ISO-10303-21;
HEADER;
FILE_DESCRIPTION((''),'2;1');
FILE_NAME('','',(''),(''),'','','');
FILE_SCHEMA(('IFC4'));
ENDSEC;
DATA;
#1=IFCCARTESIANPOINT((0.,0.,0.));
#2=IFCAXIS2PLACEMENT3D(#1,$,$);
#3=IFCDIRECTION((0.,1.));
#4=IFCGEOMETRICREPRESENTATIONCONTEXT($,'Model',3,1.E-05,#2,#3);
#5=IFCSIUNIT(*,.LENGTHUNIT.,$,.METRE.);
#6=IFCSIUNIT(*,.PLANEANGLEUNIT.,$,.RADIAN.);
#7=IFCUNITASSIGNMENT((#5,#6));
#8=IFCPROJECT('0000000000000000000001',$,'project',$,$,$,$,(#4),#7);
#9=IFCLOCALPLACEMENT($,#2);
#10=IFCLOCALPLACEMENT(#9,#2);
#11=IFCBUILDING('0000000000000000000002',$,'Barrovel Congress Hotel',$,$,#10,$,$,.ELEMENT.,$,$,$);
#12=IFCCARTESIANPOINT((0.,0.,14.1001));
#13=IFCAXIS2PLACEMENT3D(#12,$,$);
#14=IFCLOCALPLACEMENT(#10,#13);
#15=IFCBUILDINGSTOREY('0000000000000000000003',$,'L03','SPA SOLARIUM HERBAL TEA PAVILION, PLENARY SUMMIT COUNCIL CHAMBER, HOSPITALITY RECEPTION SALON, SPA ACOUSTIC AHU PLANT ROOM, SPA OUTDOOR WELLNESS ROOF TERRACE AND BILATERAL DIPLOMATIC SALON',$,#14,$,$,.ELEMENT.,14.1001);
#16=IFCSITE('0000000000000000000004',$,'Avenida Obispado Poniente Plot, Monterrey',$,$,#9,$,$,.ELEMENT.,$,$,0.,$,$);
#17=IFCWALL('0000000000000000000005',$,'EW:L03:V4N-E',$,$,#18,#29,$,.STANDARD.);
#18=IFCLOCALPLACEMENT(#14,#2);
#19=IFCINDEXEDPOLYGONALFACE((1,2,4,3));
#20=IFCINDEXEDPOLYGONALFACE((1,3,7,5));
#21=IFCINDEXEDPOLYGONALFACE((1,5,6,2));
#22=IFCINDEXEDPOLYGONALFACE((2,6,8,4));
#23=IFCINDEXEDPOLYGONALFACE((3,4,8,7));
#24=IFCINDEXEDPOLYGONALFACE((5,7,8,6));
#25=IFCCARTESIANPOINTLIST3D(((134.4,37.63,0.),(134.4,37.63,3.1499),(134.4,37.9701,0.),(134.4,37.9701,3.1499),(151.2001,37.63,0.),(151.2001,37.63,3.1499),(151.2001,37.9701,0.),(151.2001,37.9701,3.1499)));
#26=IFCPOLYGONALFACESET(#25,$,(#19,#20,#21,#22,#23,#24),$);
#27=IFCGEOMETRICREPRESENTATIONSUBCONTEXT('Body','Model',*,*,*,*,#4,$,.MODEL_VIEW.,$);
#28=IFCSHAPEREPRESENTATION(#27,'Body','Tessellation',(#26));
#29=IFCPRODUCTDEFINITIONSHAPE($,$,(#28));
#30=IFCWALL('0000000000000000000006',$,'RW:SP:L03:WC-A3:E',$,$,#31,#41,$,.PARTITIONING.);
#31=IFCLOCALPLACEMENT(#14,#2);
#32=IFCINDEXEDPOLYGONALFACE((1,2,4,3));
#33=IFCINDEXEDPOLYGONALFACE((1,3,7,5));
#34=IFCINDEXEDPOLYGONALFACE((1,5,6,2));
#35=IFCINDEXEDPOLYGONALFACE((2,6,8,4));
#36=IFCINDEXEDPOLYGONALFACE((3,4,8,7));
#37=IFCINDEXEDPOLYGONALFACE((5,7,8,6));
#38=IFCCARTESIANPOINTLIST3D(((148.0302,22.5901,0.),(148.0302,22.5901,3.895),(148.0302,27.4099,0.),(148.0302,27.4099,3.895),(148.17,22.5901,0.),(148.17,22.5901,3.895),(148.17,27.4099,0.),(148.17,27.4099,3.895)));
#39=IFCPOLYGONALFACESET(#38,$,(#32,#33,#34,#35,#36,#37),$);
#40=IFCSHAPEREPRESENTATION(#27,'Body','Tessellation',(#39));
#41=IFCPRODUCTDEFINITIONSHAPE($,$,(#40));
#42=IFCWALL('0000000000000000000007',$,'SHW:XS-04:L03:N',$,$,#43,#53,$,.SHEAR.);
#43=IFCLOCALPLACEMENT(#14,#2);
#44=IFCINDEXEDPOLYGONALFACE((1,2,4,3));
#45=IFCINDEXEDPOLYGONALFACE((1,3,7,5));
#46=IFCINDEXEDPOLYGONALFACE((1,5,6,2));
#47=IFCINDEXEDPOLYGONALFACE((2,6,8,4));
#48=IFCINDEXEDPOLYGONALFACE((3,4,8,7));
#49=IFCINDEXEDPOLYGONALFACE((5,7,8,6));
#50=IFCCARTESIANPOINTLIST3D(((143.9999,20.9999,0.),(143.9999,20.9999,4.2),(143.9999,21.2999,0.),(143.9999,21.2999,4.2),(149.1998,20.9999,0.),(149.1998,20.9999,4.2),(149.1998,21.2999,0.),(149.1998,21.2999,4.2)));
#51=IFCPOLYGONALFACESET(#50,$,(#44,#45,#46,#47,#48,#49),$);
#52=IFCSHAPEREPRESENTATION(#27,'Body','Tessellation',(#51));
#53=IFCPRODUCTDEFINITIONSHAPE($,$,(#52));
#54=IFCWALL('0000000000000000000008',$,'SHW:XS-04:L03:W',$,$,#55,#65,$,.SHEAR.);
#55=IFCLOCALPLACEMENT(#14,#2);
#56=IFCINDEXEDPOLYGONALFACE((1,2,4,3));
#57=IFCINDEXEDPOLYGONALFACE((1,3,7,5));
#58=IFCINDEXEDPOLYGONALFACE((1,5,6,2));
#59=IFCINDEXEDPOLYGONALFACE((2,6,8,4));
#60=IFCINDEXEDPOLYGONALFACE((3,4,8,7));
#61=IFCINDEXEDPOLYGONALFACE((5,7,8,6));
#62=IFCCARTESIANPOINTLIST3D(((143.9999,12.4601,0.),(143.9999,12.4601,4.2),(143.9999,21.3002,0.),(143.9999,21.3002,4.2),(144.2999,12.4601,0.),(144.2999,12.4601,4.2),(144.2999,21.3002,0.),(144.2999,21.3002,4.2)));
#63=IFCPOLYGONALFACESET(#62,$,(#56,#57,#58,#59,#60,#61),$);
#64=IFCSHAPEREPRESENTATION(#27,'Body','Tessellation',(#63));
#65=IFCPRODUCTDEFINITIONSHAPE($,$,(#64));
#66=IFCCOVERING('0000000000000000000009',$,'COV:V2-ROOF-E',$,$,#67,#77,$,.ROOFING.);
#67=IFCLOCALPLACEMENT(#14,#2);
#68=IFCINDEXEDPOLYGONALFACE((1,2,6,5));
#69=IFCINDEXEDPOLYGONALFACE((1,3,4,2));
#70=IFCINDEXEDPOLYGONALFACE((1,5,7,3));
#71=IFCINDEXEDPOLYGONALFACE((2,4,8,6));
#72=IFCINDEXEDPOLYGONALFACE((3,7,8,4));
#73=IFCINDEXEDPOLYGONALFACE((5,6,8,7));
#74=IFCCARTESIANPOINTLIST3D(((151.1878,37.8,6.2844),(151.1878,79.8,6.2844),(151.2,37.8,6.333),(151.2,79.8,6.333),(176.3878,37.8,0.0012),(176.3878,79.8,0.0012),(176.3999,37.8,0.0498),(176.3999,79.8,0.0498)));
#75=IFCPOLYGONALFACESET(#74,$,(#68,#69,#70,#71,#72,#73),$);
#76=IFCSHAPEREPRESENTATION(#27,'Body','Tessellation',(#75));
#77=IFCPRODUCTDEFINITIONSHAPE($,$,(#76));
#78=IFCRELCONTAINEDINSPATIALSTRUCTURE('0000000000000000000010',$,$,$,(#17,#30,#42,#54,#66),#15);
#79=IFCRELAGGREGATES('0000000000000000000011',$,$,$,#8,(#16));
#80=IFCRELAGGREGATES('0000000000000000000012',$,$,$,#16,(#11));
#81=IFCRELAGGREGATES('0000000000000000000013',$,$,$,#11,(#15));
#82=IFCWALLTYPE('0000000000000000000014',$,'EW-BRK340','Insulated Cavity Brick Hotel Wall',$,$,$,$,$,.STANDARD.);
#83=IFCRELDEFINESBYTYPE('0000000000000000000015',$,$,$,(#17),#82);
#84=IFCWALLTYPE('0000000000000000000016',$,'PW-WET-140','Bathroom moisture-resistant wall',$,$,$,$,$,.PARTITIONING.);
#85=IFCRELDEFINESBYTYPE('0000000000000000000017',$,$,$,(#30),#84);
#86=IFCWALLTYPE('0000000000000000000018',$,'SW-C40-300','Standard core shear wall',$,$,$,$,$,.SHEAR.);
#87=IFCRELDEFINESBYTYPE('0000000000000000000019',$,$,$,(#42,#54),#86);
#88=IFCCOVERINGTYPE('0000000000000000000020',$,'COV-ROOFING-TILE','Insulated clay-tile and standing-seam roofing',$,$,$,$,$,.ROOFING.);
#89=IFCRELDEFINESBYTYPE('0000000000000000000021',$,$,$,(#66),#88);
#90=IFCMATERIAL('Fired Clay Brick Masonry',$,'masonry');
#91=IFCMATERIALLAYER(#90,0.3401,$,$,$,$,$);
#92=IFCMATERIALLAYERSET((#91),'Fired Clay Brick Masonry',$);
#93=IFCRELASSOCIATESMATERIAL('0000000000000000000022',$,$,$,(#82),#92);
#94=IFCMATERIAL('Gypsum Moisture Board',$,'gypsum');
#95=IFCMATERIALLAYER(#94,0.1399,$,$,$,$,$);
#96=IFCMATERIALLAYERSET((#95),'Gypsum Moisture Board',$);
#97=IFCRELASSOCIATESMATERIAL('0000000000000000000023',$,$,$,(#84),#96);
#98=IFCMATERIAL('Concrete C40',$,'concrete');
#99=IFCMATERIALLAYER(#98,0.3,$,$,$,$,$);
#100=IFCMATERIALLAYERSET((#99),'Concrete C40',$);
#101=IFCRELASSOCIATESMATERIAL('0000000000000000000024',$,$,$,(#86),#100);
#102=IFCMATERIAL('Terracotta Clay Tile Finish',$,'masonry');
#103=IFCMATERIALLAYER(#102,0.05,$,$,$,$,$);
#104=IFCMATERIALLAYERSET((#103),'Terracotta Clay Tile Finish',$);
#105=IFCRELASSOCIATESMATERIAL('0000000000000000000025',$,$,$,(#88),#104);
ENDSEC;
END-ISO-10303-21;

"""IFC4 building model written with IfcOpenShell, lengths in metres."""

from ifc_helpers import new_model, si_unit, direction, frame, frame_2d, origin, place, context, subcontext, project, spatial, polyline, rectangle, outline, extrude, material, layer, layer_set, type_object, element, save


model = new_model("IFC4")

# Units and contexts
model_context = context("Model", 3, precision=1e-05, world=origin(), true_north=direction((0.0, 1.0)))
body_context = subcontext(model_context, "Body", "Model", "MODEL_VIEW")
ifc_project = project(units=[si_unit("LENGTHUNIT", "METRE"), si_unit("PLANEANGLEUNIT", "RADIAN")], contexts=[model_context])

# Site, building, storey
site_placement = place(None, origin())
site = spatial("IfcSite", under=ifc_project, at=site_placement, Name="Avenida Obispado Poniente Plot, Monterrey", CompositionType="ELEMENT", RefElevation=0.0)
building_placement = place(site_placement, origin())
building = spatial("IfcBuilding", under=site, at=building_placement, Name="Barrovel Congress Hotel", CompositionType="ELEMENT")
storey_placement = place(building_placement, frame((0.0, 0.0, 14.1001)))
storey = spatial("IfcBuildingStorey", under=building, at=storey_placement, Name="L03", Description="SPA SOLARIUM HERBAL TEA PAVILION, PLENARY SUMMIT COUNCIL CHAMBER, HOSPITALITY RECEPTION SALON, SPA ACOUSTIC AHU PLANT ROOM, SPA OUTDOOR WELLNESS ROOF TERRACE AND BILATERAL DIPLOMATIC SALON", CompositionType="ELEMENT", Elevation=14.1001)

# Shared definitions
ifc_material_1 = material(Name="Concrete C40", Category="concrete")

# Walls
ifc_material_2 = material(Name="Fired Clay Brick Masonry", Category="masonry")
ifc_layer_1 = layer(ifc_material_2, 0.3401)
ifc_layer_set_1 = layer_set([ifc_layer_1], Name="Fired Clay Brick Masonry")
wall_type_1 = type_object("IfcWallType", Name="EW-BRK340", Description="Insulated Cavity Brick Hotel Wall", PredefinedType="STANDARD", material=ifc_layer_set_1)
wall_1_placement = place(storey_placement, frame((151.2, 37.8, 0.0), z_axis=(0.0, 0.0, 1.0), x_axis=(-1.0, 0.0, 0.0)))
element("IfcWall", 1, at=wall_1_placement, inside=storey, type_object=wall_type_1, Name="EW:L03:V4N-E", PredefinedType="STANDARD", context=body_context, shape_type="SweptSolid", body=[
    extrude(rectangle(XDim=16.8, YDim=0.3401, at=frame_2d((8.3999, 0.0))), origin(), (0.0, 0.0, 1.0), 3.1499),
])
ifc_material_3 = material(Name="Gypsum Moisture Board", Category="gypsum")
ifc_layer_2 = layer(ifc_material_3, 0.1399)
ifc_layer_set_2 = layer_set([ifc_layer_2], Name="Gypsum Moisture Board")
wall_type_2 = type_object("IfcWallType", Name="PW-WET-140", Description="Bathroom moisture-resistant wall", PredefinedType="PARTITIONING", material=ifc_layer_set_2)
wall_2_placement = place(storey_placement, frame((148.1001, 22.5901, 0.0), z_axis=(0.0, 0.0, 1.0), x_axis=(0.0, 1.0, 0.0)))
element("IfcWall", 2, at=wall_2_placement, inside=storey, type_object=wall_type_2, Name="RW:SP:L03:WC-A3:E", PredefinedType="PARTITIONING", context=body_context, shape_type="SweptSolid", body=[
    extrude(rectangle(XDim=4.8198, YDim=0.1399, at=frame_2d((2.4099, 0.0))), origin(), (0.0, 0.0, 1.0), 3.895),
])
ifc_layer_3 = layer(ifc_material_1, 0.3)
ifc_layer_set_3 = layer_set([ifc_layer_3], Name="Concrete C40")
wall_type_3 = type_object("IfcWallType", Name="SW-C40-300", Description="Standard core shear wall", PredefinedType="SHEAR", material=ifc_layer_set_3)
wall_3_placement = place(storey_placement, frame((149.2, 21.1499, 0.0), z_axis=(0.0, 0.0, 1.0), x_axis=(-1.0, 0.0, 0.0)))
element("IfcWall", 3, at=wall_3_placement, inside=storey, type_object=wall_type_3, Name="SHW:XS-04:L03:N", PredefinedType="SHEAR", context=body_context, shape_type="SweptSolid", body=[
    extrude(rectangle(XDim=5.2, YDim=0.3, at=frame_2d((2.6001, 0.0))), origin(), (0.0, 0.0, 1.0), 4.2),
])
wall_4_placement = place(storey_placement, frame((144.1499, 21.3, 0.0), z_axis=(0.0, 0.0, 1.0), x_axis=(0.0, -1.0, 0.0)))
element("IfcWall", 4, at=wall_4_placement, inside=storey, type_object=wall_type_3, Name="SHW:XS-04:L03:W", PredefinedType="SHEAR", context=body_context, shape_type="SweptSolid", body=[
    extrude(rectangle(XDim=8.8401, YDim=0.3, at=frame_2d((4.4199, 0.0))), origin(), (0.0, 0.0, 1.0), 4.2),
])

# Covering
ifc_material_4 = material(Name="Terracotta Clay Tile Finish", Category="masonry")
ifc_layer_4 = layer(ifc_material_4, 0.05)
ifc_layer_set_4 = layer_set([ifc_layer_4], Name="Terracotta Clay Tile Finish")
covering_type = type_object("IfcCoveringType", Name="COV-ROOFING-TILE", Description="Insulated clay-tile and standing-seam roofing", PredefinedType="ROOFING", material=ifc_layer_set_4)
covering_placement = place(storey_placement, frame((151.2, 37.8, 6.333), z_axis=(0.241927, 0.0, 0.970294), x_axis=(0.970294, 0.0, -0.241927)))
element("IfcCovering", 5, at=covering_placement, inside=storey, type_object=covering_type, Name="COV:V2-ROOF-E", PredefinedType="ROOFING", context=body_context, shape_type="SweptSolid", body=[
    extrude(outline(polyline([(0.0, 0.0), (25.9714, 0.0), (25.9714, 42.0), (0.0, 42.0), (0.0, 0.0)])), origin(), (0.0, 0.0, -1.0), 0.05),
])

save(model, "model.ifc")
